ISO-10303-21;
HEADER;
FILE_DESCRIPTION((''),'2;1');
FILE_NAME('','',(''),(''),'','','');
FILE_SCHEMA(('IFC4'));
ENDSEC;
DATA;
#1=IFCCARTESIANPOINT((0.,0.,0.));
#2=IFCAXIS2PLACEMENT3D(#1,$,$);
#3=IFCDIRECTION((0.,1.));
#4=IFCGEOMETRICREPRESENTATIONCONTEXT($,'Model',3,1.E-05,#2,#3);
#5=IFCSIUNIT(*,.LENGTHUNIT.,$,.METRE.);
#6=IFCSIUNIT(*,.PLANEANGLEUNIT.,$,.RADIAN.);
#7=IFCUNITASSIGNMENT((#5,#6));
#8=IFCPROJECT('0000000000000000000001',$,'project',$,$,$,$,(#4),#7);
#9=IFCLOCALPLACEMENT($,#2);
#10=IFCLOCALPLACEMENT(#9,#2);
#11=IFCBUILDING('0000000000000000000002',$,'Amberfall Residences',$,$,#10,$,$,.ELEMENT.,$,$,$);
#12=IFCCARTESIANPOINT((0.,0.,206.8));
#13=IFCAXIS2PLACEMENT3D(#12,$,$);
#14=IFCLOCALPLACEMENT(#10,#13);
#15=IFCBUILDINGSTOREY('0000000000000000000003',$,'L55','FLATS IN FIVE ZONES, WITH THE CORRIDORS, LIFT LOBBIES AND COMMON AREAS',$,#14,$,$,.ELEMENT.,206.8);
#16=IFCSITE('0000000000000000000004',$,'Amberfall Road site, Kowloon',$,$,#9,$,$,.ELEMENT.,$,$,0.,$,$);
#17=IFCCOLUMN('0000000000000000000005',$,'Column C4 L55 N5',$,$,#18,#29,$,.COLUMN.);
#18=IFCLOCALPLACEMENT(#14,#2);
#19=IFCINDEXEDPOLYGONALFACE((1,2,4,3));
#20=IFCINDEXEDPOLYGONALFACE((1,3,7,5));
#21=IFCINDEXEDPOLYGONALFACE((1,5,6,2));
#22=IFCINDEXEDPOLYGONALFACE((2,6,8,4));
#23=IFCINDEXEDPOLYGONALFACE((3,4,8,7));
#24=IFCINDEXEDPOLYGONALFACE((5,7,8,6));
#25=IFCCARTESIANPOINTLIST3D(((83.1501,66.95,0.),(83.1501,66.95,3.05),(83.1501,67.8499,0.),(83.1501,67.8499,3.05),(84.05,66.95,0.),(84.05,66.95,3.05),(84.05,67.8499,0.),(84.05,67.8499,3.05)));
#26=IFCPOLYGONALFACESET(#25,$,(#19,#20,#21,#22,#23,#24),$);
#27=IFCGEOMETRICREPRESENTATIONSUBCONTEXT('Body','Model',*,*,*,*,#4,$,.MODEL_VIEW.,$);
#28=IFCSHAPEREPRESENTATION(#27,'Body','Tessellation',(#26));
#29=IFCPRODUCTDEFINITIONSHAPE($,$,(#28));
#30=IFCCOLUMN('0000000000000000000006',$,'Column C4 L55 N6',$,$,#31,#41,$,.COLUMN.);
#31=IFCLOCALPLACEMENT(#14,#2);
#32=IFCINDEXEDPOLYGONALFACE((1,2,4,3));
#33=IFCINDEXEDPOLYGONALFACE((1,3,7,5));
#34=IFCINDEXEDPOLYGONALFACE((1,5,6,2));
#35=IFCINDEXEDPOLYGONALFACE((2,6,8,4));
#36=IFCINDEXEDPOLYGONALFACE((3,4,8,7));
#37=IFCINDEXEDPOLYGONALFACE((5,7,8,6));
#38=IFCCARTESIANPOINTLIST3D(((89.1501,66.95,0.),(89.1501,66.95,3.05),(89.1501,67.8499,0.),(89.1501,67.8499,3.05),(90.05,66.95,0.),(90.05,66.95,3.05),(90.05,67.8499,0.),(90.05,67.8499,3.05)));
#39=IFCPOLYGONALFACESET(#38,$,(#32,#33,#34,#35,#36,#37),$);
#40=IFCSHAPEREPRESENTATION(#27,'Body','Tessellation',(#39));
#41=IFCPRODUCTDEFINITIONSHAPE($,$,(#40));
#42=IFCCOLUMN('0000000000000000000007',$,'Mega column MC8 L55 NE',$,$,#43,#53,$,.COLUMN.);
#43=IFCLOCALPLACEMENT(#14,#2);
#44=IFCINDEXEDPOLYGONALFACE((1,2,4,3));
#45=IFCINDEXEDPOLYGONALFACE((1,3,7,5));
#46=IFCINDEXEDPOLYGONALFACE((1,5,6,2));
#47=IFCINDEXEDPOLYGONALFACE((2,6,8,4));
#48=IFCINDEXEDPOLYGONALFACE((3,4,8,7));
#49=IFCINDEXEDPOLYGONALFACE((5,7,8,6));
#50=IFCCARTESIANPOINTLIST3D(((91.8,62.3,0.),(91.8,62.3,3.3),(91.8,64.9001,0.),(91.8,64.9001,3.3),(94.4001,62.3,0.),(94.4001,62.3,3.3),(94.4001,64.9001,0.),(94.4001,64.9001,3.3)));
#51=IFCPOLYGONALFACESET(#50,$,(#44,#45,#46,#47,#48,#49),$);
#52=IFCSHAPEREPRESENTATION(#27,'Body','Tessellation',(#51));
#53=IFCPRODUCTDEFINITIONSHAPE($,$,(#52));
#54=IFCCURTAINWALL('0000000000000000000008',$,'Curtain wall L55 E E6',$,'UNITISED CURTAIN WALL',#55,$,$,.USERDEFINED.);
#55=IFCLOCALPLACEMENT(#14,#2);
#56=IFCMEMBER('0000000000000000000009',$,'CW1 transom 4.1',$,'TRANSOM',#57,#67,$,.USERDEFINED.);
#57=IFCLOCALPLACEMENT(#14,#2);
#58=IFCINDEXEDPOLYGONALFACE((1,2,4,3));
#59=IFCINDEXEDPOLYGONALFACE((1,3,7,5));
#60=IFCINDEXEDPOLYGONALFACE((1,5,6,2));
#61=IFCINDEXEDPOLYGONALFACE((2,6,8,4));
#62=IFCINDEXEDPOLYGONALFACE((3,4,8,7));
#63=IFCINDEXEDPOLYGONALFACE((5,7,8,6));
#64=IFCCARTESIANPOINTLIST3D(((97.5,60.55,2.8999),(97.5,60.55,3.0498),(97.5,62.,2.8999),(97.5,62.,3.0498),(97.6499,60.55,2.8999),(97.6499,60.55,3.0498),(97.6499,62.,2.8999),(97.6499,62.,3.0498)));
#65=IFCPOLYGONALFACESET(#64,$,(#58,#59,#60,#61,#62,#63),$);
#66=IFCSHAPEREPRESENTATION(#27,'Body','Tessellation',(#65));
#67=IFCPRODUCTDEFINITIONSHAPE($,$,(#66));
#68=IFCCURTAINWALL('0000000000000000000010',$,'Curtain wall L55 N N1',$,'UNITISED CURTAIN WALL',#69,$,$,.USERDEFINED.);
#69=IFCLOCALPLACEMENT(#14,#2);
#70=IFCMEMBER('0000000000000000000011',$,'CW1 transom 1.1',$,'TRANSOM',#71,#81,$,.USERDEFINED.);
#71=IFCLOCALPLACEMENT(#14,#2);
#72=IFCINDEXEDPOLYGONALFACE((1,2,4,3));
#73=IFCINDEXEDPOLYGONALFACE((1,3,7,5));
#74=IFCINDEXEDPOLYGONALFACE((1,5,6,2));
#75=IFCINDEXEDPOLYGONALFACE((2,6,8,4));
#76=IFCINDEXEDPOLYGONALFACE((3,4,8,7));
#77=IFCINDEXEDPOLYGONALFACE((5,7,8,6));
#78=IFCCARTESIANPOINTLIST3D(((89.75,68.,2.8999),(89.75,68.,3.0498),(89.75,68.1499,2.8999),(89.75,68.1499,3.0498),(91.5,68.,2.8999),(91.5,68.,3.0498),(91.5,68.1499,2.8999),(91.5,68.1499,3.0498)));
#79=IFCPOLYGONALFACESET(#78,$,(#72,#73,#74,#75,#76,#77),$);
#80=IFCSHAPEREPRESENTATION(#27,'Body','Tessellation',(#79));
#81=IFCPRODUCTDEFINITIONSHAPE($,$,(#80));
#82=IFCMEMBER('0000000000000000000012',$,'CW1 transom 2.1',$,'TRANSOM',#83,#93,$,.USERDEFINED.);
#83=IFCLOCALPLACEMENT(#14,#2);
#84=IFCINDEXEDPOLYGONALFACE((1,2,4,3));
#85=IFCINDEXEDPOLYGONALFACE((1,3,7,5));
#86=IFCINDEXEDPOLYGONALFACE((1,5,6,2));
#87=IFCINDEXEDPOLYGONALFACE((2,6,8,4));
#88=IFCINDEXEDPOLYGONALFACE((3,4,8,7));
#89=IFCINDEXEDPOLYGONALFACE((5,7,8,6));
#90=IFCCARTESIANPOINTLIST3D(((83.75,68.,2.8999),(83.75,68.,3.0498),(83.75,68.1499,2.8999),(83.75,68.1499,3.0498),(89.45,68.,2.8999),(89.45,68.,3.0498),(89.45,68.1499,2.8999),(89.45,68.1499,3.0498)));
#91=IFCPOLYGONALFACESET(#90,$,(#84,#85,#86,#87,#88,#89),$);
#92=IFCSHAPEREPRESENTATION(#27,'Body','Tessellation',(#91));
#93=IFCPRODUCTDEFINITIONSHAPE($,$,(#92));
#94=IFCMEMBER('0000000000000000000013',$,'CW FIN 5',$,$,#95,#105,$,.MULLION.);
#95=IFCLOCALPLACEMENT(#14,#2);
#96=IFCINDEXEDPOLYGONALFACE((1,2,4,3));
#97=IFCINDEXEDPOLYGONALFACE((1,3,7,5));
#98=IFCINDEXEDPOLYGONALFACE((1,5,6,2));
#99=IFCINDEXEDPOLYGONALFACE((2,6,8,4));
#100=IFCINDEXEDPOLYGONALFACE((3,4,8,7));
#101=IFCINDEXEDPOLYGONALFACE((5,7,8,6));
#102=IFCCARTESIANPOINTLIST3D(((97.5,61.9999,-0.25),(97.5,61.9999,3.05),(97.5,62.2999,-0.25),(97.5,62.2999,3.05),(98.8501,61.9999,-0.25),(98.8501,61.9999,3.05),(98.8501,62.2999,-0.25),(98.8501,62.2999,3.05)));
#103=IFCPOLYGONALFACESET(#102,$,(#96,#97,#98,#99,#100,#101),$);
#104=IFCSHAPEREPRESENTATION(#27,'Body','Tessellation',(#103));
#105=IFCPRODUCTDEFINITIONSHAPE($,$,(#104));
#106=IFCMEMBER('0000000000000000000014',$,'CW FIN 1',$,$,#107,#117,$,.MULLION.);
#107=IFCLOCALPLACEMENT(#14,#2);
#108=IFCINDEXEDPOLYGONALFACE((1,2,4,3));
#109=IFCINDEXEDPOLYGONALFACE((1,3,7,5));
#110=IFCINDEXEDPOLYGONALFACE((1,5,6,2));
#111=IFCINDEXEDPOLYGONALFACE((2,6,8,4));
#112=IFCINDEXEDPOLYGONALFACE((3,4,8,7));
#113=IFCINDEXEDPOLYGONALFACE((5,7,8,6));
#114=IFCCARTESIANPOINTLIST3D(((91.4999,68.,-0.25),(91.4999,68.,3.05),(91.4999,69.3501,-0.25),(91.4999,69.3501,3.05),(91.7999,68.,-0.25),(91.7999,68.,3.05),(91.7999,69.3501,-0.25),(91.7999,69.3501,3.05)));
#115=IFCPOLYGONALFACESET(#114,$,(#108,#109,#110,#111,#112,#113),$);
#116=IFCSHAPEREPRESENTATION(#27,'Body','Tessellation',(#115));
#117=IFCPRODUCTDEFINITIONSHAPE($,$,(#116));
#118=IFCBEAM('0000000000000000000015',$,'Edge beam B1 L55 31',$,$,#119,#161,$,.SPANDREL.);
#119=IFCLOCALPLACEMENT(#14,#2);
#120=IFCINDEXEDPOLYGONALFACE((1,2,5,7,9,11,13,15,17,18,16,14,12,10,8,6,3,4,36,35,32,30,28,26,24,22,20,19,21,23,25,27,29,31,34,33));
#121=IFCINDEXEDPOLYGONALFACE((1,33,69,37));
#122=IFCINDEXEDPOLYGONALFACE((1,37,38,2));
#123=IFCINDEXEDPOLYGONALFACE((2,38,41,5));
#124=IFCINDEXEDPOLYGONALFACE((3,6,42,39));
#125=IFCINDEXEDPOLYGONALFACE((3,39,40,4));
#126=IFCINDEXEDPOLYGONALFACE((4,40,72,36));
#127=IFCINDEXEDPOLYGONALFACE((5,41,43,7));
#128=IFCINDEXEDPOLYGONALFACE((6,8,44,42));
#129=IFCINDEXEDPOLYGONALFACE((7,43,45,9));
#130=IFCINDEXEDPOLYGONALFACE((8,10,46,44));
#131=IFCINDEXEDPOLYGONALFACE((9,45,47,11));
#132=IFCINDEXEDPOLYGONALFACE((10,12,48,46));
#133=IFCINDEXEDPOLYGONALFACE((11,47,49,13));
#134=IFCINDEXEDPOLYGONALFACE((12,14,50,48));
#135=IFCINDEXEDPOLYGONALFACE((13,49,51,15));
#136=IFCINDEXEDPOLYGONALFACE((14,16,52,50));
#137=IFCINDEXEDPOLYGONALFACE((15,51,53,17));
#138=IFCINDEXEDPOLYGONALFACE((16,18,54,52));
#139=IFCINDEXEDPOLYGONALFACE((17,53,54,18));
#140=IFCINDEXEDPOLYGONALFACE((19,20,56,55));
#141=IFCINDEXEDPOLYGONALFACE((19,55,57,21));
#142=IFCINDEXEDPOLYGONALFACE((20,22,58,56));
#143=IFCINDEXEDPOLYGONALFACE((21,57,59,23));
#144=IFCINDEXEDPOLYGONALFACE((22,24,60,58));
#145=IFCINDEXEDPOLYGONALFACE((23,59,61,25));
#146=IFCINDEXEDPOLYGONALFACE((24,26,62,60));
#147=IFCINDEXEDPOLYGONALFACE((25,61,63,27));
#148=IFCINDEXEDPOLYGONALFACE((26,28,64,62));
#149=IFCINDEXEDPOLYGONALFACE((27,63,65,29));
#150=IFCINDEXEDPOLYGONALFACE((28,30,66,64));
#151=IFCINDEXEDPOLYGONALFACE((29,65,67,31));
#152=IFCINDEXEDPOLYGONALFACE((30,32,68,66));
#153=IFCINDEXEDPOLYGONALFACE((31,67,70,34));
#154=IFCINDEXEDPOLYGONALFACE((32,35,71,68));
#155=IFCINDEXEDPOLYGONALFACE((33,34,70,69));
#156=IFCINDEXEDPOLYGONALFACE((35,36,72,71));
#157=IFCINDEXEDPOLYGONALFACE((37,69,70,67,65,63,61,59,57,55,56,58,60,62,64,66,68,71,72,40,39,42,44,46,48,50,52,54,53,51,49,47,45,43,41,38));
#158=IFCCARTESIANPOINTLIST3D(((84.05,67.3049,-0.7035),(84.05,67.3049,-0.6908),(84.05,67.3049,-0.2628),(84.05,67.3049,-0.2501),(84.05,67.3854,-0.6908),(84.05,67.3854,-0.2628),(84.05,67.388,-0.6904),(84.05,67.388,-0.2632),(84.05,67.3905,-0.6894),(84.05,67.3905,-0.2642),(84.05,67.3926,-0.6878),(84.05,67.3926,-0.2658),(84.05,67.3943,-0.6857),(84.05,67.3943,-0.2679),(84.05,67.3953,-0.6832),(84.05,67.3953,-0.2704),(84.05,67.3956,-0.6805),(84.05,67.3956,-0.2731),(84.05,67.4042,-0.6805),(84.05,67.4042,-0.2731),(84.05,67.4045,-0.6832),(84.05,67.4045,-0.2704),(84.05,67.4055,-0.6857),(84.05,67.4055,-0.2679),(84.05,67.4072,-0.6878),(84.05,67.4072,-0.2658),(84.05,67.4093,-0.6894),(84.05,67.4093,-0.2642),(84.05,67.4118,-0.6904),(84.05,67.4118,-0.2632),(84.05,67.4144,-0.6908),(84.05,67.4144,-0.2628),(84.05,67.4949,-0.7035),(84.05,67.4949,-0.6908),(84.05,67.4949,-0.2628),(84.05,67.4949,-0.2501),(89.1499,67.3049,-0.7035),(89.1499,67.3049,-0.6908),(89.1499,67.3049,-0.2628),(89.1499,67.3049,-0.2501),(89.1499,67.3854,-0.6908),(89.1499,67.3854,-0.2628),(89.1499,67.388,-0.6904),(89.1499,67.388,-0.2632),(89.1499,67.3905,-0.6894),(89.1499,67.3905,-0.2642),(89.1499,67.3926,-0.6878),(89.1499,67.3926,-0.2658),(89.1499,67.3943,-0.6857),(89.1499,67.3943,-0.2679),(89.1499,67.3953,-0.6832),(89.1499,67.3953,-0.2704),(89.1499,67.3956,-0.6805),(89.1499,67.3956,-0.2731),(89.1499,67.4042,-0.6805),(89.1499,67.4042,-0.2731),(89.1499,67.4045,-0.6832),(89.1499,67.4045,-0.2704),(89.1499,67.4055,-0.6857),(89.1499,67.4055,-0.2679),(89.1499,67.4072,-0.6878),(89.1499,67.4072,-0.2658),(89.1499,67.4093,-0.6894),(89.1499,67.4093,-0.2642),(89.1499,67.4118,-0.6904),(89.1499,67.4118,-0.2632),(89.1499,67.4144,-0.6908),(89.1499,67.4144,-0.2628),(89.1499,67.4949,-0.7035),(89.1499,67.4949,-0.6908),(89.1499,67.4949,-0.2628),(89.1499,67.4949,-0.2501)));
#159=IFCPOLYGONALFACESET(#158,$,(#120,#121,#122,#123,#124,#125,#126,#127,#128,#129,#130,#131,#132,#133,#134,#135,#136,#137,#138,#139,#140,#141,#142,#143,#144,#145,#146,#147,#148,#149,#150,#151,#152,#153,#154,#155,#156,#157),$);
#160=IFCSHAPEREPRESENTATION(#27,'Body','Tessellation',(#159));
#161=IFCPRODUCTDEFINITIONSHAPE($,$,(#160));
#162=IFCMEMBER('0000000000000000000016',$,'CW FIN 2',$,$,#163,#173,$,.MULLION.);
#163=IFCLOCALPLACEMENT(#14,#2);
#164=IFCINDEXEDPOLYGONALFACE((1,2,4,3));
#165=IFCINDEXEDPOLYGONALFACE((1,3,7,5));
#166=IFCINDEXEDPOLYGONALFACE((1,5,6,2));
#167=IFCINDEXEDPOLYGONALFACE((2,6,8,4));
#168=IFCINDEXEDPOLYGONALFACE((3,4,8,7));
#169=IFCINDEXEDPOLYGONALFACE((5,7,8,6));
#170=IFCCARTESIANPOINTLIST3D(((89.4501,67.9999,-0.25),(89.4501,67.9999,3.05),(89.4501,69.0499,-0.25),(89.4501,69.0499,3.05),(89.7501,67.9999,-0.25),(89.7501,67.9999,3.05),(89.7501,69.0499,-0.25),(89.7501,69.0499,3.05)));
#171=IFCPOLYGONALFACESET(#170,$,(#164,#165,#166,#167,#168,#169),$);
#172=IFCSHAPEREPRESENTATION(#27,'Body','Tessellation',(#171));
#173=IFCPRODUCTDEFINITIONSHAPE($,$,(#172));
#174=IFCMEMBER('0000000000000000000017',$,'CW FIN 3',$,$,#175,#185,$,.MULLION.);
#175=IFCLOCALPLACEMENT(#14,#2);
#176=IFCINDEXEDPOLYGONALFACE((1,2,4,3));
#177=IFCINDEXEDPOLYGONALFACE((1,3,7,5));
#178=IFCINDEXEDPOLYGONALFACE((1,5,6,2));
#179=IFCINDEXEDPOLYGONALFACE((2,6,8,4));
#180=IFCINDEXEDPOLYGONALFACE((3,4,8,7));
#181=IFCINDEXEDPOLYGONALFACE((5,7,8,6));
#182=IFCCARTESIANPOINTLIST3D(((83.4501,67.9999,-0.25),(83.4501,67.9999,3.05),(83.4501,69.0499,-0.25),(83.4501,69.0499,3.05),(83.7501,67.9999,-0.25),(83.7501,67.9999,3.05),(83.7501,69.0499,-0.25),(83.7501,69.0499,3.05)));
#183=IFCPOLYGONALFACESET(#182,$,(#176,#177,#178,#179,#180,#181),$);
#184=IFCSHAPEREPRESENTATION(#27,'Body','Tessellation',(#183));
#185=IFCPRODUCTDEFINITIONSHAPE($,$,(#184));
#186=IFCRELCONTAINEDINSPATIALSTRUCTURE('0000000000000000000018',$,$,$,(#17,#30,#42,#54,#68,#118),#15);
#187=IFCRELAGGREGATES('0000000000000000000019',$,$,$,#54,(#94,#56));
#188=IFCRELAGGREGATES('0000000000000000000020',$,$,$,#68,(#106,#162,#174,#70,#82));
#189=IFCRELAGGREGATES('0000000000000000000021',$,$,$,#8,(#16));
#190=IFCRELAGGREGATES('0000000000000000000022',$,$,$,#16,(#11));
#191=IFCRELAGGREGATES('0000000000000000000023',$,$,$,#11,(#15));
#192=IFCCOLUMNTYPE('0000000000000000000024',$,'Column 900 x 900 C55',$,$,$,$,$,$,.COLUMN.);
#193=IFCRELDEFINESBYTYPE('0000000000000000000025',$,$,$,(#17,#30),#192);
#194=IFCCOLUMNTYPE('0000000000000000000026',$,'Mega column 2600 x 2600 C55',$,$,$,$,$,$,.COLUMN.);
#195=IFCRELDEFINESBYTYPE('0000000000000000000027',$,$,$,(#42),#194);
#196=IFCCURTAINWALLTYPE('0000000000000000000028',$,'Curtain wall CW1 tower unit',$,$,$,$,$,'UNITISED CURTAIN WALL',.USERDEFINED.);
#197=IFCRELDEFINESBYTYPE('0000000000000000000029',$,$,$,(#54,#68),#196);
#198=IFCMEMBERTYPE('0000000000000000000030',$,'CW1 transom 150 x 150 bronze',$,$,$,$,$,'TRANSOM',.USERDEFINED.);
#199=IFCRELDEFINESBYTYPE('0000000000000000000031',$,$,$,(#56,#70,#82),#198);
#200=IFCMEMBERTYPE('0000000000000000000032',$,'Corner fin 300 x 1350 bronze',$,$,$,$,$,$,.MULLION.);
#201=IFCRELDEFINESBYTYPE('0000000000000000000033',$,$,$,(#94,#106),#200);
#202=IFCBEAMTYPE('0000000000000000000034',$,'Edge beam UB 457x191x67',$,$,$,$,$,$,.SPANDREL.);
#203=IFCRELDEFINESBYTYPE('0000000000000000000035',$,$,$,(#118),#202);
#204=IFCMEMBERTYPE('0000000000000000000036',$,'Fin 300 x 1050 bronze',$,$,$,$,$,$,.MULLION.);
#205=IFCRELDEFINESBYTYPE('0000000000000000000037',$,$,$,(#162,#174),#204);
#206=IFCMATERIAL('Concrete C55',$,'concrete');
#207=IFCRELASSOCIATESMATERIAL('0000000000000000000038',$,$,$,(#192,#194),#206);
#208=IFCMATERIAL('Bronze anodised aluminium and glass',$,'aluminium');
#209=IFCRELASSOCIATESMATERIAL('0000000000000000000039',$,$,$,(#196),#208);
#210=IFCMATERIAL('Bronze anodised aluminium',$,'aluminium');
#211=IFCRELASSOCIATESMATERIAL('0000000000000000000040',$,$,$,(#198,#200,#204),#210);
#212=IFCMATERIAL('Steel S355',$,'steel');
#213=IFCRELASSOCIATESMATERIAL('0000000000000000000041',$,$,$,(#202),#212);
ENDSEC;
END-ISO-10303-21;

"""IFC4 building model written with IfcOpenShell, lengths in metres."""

from ifc_helpers import new_model, si_unit, direction, frame, origin, origin_2d, place, context, subcontext, project, spatial, rectangle, i_section, extrude, material, material_profile, profile_set, type_object, element, aggregate, save


model = new_model("IFC4")

# Units and contexts
model_context = context("Model", 3, precision=1e-05, world=origin(), true_north=direction((0.0, 1.0)))
body_context = subcontext(model_context, "Body", "Model", "MODEL_VIEW")
ifc_project = project(units=[si_unit("LENGTHUNIT", "METRE"), si_unit("PLANEANGLEUNIT", "RADIAN")], contexts=[model_context])

# Site, building, storey
site_placement = place(None, origin())
site = spatial("IfcSite", under=ifc_project, at=site_placement, Name="Amberfall Road site, Kowloon", CompositionType="ELEMENT", RefElevation=0.0)
building_placement = place(site_placement, origin())
building = spatial("IfcBuilding", under=site, at=building_placement, Name="Amberfall Residences", CompositionType="ELEMENT")
storey_placement = place(building_placement, frame((0.0, 0.0, 206.8)))
storey = spatial("IfcBuildingStorey", under=building, at=storey_placement, Name="L55", Description="FLATS IN FIVE ZONES, WITH THE CORRIDORS, LIFT LOBBIES AND COMMON AREAS", CompositionType="ELEMENT", Elevation=206.8)

# Columns
ifc_material_1 = material(Name="Concrete C55", Category="concrete")
ifc_material_profile_1 = material_profile(ifc_material_1, rectangle(XDim=0.8999, YDim=0.8999, at=origin_2d()), Name="Column 900 x 900 C55")
ifc_profile_set_1 = profile_set([ifc_material_profile_1], Name="Concrete C55")
column_type_1 = type_object("IfcColumnType", Name="Column 900 x 900 C55", PredefinedType="COLUMN", material=ifc_profile_set_1)
for number, where, z_axis, x_axis, name in (
    (1, (83.6001, 67.3999, 0.0), (0.0, 0.0, 1.0), (1.0, 0.0, 0.0), "Column C4 L55 N5"),
    (2, (89.6001, 67.3999, 0.0), (0.0, 0.0, 1.0), (1.0, 0.0, 0.0), "Column C4 L55 N6"),
):
    element("IfcColumn", number, at=place(storey_placement, frame(where, z_axis=z_axis, x_axis=x_axis)), inside=storey, type_object=column_type_1, Name=name, PredefinedType="COLUMN", context=body_context, shape_type="SweptSolid", body=[
        extrude(rectangle(XDim=0.8999, YDim=0.8999, at=origin_2d()), origin(), (0.0, 0.0, 1.0), 3.05),
    ])
ifc_material_profile_2 = material_profile(ifc_material_1, rectangle(XDim=2.6001, YDim=2.6001, at=origin_2d()), Name="Mega column 2600 x 2600 C55")
ifc_profile_set_2 = profile_set([ifc_material_profile_2], Name="Concrete C55")
column_type_2 = type_object("IfcColumnType", Name="Mega column 2600 x 2600 C55", PredefinedType="COLUMN", material=ifc_profile_set_2)
column_placement = place(storey_placement, frame((93.1001, 63.6001, 0.0), z_axis=(0.0, 0.0, 1.0), x_axis=(1.0, 0.0, 0.0)))
element("IfcColumn", 3, at=column_placement, inside=storey, type_object=column_type_2, Name="Mega column MC8 L55 NE", PredefinedType="COLUMN", context=body_context, shape_type="SweptSolid", body=[
    extrude(rectangle(XDim=2.6001, YDim=2.6001, at=origin_2d()), origin(), (0.0, 0.0, 1.0), 3.3),
])

# Curtain wall, member
ifc_material_2 = material(Name="Bronze anodised aluminium and glass", Category="aluminium")
curtain_wall_type = type_object("IfcCurtainWallType", Name="Curtain wall CW1 tower unit", ElementType="UNITISED CURTAIN WALL", PredefinedType="USERDEFINED", material=ifc_material_2)
curtain_wall_1_placement = place(storey_placement, origin())
curtain_wall_1 = element("IfcCurtainWall", 4, at=curtain_wall_1_placement, inside=storey, type_object=curtain_wall_type, Name="Curtain wall L55 E E6", ObjectType="UNITISED CURTAIN WALL", PredefinedType="USERDEFINED")
ifc_material_3 = material(Name="Bronze anodised aluminium", Category="aluminium")
ifc_material_profile_3 = material_profile(ifc_material_3, rectangle(XDim=0.1499, YDim=0.1499, at=origin_2d()), Name="CW1 transom 150 x 150 bronze")
ifc_profile_set_3 = profile_set([ifc_material_profile_3], Name="Bronze anodised aluminium")
member_type_1 = type_object("IfcMemberType", Name="CW1 transom 150 x 150 bronze", ElementType="TRANSOM", PredefinedType="USERDEFINED", material=ifc_profile_set_3)
member_1_placement = place(storey_placement, frame((97.575, 60.55, 2.9749), z_axis=(0.0, 1.0, 0.0), x_axis=(-1.0, 0.0, 0.0)))
member_1 = element("IfcMember", 5, at=member_1_placement, type_object=member_type_1, Name="CW1 transom 4.1", ObjectType="TRANSOM", PredefinedType="USERDEFINED", context=body_context, shape_type="SweptSolid", body=[
    extrude(rectangle(XDim=0.1499, YDim=0.1499, at=origin_2d()), origin(), (0.0, 0.0, 1.0), 1.45),
])

# Curtain wall, members
curtain_wall_2_placement = place(storey_placement, origin())
curtain_wall_2 = element("IfcCurtainWall", 6, at=curtain_wall_2_placement, inside=storey, type_object=curtain_wall_type, Name="Curtain wall L55 N N1", ObjectType="UNITISED CURTAIN WALL", PredefinedType="USERDEFINED")
member_2_placement = place(storey_placement, frame((91.5, 68.075, 2.9749), z_axis=(-1.0, 0.0, 0.0), x_axis=(0.0, -1.0, 0.0)))
member_2 = element("IfcMember", 7, at=member_2_placement, type_object=member_type_1, Name="CW1 transom 1.1", ObjectType="TRANSOM", PredefinedType="USERDEFINED", context=body_context, shape_type="SweptSolid", body=[
    extrude(rectangle(XDim=0.1499, YDim=0.1499, at=origin_2d()), origin(), (0.0, 0.0, 1.0), 1.75),
])
member_3_placement = place(storey_placement, frame((89.45, 68.075, 2.9749), z_axis=(-1.0, 0.0, 0.0), x_axis=(0.0, -1.0, 0.0)))
member_3 = element("IfcMember", 8, at=member_3_placement, type_object=member_type_1, Name="CW1 transom 2.1", ObjectType="TRANSOM", PredefinedType="USERDEFINED", context=body_context, shape_type="SweptSolid", body=[
    extrude(rectangle(XDim=0.1499, YDim=0.1499, at=origin_2d()), origin(), (0.0, 0.0, 1.0), 5.7),
])

# Members
ifc_material_profile_4 = material_profile(ifc_material_3, rectangle(XDim=1.3501, YDim=0.3, at=origin_2d()), Name="Corner fin 300 x 1350 bronze")
ifc_profile_set_4 = profile_set([ifc_material_profile_4], Name="Bronze anodised aluminium")
member_type_2 = type_object("IfcMemberType", Name="Corner fin 300 x 1350 bronze", PredefinedType="MULLION", material=ifc_profile_set_4)
member_4_placement = place(storey_placement, frame((98.175, 62.1499, -0.25), z_axis=(0.0, 0.0, 1.0), x_axis=(-1.0, 0.0, 0.0)))
member_4 = element("IfcMember", 9, at=member_4_placement, type_object=member_type_2, Name="CW FIN 5", PredefinedType="MULLION", context=body_context, shape_type="SweptSolid", body=[
    extrude(rectangle(XDim=1.3501, YDim=0.3, at=origin_2d()), origin(), (0.0, 0.0, 1.0), 3.3),
])
member_5_placement = place(storey_placement, frame((91.6499, 68.675, -0.25), z_axis=(0.0, 0.0, 1.0), x_axis=(0.0, -1.0, 0.0)))
member_5 = element("IfcMember", 10, at=member_5_placement, type_object=member_type_2, Name="CW FIN 1", PredefinedType="MULLION", context=body_context, shape_type="SweptSolid", body=[
    extrude(rectangle(XDim=1.3501, YDim=0.3, at=origin_2d()), origin(), (0.0, 0.0, 1.0), 3.3),
])

# Beam
ifc_material_4 = material(Name="Steel S355", Category="steel")
ifc_material_profile_5 = material_profile(ifc_material_4, i_section(OverallWidth=0.1899, OverallDepth=0.4534, WebThickness=0.0085, FlangeThickness=0.0127, FilletRadius=0.0103, at=origin_2d()), Name="UB 457x191x67")
ifc_profile_set_5 = profile_set([ifc_material_profile_5], Name="Steel S355")
beam_type_1 = type_object("IfcBeamType", Name="Edge beam UB 457x191x67", PredefinedType="SPANDREL", material=ifc_profile_set_5)
beam_1_placement = place(storey_placement, frame((84.05, 67.3999, -0.4768), z_axis=(1.0, 0.0, 0.0), x_axis=(0.0, 1.0, 0.0)))
element("IfcBeam", 11, at=beam_1_placement, inside=storey, type_object=beam_type_1, Name="Edge beam B1 L55 31", PredefinedType="SPANDREL", context=body_context, shape_type="SweptSolid", body=[
    extrude(i_section(OverallWidth=0.1899, OverallDepth=0.4534, WebThickness=0.0085, FlangeThickness=0.0127, FilletRadius=0.0103, at=origin_2d()), origin(), (0.0, 0.0, 1.0), 5.0999),
])

# Members
ifc_material_profile_6 = material_profile(ifc_material_3, rectangle(XDim=1.05, YDim=0.3, at=origin_2d()), Name="Fin 300 x 1050 bronze")
ifc_profile_set_6 = profile_set([ifc_material_profile_6], Name="Bronze anodised aluminium")
member_type_3 = type_object("IfcMemberType", Name="Fin 300 x 1050 bronze", PredefinedType="MULLION", material=ifc_profile_set_6)
member_6_placement = place(storey_placement, frame((89.6001, 68.5249, -0.25), z_axis=(0.0, 0.0, 1.0), x_axis=(0.0, -1.0, 0.0)))
member_6 = element("IfcMember", 12, at=member_6_placement, type_object=member_type_3, Name="CW FIN 2", PredefinedType="MULLION", context=body_context, shape_type="SweptSolid", body=[
    extrude(rectangle(XDim=1.05, YDim=0.3, at=origin_2d()), origin(), (0.0, 0.0, 1.0), 3.3),
])
member_7_placement = place(storey_placement, frame((83.6001, 68.5249, -0.25), z_axis=(0.0, 0.0, 1.0), x_axis=(0.0, -1.0, 0.0)))
member_7 = element("IfcMember", 13, at=member_7_placement, type_object=member_type_3, Name="CW FIN 3", PredefinedType="MULLION", context=body_context, shape_type="SweptSolid", body=[
    extrude(rectangle(XDim=1.05, YDim=0.3, at=origin_2d()), origin(), (0.0, 0.0, 1.0), 3.3),
])

aggregate(curtain_wall_1, [member_4, member_1])
aggregate(curtain_wall_2, [member_5, member_6, member_7, member_2, member_3])

save(model, "model.ifc")
